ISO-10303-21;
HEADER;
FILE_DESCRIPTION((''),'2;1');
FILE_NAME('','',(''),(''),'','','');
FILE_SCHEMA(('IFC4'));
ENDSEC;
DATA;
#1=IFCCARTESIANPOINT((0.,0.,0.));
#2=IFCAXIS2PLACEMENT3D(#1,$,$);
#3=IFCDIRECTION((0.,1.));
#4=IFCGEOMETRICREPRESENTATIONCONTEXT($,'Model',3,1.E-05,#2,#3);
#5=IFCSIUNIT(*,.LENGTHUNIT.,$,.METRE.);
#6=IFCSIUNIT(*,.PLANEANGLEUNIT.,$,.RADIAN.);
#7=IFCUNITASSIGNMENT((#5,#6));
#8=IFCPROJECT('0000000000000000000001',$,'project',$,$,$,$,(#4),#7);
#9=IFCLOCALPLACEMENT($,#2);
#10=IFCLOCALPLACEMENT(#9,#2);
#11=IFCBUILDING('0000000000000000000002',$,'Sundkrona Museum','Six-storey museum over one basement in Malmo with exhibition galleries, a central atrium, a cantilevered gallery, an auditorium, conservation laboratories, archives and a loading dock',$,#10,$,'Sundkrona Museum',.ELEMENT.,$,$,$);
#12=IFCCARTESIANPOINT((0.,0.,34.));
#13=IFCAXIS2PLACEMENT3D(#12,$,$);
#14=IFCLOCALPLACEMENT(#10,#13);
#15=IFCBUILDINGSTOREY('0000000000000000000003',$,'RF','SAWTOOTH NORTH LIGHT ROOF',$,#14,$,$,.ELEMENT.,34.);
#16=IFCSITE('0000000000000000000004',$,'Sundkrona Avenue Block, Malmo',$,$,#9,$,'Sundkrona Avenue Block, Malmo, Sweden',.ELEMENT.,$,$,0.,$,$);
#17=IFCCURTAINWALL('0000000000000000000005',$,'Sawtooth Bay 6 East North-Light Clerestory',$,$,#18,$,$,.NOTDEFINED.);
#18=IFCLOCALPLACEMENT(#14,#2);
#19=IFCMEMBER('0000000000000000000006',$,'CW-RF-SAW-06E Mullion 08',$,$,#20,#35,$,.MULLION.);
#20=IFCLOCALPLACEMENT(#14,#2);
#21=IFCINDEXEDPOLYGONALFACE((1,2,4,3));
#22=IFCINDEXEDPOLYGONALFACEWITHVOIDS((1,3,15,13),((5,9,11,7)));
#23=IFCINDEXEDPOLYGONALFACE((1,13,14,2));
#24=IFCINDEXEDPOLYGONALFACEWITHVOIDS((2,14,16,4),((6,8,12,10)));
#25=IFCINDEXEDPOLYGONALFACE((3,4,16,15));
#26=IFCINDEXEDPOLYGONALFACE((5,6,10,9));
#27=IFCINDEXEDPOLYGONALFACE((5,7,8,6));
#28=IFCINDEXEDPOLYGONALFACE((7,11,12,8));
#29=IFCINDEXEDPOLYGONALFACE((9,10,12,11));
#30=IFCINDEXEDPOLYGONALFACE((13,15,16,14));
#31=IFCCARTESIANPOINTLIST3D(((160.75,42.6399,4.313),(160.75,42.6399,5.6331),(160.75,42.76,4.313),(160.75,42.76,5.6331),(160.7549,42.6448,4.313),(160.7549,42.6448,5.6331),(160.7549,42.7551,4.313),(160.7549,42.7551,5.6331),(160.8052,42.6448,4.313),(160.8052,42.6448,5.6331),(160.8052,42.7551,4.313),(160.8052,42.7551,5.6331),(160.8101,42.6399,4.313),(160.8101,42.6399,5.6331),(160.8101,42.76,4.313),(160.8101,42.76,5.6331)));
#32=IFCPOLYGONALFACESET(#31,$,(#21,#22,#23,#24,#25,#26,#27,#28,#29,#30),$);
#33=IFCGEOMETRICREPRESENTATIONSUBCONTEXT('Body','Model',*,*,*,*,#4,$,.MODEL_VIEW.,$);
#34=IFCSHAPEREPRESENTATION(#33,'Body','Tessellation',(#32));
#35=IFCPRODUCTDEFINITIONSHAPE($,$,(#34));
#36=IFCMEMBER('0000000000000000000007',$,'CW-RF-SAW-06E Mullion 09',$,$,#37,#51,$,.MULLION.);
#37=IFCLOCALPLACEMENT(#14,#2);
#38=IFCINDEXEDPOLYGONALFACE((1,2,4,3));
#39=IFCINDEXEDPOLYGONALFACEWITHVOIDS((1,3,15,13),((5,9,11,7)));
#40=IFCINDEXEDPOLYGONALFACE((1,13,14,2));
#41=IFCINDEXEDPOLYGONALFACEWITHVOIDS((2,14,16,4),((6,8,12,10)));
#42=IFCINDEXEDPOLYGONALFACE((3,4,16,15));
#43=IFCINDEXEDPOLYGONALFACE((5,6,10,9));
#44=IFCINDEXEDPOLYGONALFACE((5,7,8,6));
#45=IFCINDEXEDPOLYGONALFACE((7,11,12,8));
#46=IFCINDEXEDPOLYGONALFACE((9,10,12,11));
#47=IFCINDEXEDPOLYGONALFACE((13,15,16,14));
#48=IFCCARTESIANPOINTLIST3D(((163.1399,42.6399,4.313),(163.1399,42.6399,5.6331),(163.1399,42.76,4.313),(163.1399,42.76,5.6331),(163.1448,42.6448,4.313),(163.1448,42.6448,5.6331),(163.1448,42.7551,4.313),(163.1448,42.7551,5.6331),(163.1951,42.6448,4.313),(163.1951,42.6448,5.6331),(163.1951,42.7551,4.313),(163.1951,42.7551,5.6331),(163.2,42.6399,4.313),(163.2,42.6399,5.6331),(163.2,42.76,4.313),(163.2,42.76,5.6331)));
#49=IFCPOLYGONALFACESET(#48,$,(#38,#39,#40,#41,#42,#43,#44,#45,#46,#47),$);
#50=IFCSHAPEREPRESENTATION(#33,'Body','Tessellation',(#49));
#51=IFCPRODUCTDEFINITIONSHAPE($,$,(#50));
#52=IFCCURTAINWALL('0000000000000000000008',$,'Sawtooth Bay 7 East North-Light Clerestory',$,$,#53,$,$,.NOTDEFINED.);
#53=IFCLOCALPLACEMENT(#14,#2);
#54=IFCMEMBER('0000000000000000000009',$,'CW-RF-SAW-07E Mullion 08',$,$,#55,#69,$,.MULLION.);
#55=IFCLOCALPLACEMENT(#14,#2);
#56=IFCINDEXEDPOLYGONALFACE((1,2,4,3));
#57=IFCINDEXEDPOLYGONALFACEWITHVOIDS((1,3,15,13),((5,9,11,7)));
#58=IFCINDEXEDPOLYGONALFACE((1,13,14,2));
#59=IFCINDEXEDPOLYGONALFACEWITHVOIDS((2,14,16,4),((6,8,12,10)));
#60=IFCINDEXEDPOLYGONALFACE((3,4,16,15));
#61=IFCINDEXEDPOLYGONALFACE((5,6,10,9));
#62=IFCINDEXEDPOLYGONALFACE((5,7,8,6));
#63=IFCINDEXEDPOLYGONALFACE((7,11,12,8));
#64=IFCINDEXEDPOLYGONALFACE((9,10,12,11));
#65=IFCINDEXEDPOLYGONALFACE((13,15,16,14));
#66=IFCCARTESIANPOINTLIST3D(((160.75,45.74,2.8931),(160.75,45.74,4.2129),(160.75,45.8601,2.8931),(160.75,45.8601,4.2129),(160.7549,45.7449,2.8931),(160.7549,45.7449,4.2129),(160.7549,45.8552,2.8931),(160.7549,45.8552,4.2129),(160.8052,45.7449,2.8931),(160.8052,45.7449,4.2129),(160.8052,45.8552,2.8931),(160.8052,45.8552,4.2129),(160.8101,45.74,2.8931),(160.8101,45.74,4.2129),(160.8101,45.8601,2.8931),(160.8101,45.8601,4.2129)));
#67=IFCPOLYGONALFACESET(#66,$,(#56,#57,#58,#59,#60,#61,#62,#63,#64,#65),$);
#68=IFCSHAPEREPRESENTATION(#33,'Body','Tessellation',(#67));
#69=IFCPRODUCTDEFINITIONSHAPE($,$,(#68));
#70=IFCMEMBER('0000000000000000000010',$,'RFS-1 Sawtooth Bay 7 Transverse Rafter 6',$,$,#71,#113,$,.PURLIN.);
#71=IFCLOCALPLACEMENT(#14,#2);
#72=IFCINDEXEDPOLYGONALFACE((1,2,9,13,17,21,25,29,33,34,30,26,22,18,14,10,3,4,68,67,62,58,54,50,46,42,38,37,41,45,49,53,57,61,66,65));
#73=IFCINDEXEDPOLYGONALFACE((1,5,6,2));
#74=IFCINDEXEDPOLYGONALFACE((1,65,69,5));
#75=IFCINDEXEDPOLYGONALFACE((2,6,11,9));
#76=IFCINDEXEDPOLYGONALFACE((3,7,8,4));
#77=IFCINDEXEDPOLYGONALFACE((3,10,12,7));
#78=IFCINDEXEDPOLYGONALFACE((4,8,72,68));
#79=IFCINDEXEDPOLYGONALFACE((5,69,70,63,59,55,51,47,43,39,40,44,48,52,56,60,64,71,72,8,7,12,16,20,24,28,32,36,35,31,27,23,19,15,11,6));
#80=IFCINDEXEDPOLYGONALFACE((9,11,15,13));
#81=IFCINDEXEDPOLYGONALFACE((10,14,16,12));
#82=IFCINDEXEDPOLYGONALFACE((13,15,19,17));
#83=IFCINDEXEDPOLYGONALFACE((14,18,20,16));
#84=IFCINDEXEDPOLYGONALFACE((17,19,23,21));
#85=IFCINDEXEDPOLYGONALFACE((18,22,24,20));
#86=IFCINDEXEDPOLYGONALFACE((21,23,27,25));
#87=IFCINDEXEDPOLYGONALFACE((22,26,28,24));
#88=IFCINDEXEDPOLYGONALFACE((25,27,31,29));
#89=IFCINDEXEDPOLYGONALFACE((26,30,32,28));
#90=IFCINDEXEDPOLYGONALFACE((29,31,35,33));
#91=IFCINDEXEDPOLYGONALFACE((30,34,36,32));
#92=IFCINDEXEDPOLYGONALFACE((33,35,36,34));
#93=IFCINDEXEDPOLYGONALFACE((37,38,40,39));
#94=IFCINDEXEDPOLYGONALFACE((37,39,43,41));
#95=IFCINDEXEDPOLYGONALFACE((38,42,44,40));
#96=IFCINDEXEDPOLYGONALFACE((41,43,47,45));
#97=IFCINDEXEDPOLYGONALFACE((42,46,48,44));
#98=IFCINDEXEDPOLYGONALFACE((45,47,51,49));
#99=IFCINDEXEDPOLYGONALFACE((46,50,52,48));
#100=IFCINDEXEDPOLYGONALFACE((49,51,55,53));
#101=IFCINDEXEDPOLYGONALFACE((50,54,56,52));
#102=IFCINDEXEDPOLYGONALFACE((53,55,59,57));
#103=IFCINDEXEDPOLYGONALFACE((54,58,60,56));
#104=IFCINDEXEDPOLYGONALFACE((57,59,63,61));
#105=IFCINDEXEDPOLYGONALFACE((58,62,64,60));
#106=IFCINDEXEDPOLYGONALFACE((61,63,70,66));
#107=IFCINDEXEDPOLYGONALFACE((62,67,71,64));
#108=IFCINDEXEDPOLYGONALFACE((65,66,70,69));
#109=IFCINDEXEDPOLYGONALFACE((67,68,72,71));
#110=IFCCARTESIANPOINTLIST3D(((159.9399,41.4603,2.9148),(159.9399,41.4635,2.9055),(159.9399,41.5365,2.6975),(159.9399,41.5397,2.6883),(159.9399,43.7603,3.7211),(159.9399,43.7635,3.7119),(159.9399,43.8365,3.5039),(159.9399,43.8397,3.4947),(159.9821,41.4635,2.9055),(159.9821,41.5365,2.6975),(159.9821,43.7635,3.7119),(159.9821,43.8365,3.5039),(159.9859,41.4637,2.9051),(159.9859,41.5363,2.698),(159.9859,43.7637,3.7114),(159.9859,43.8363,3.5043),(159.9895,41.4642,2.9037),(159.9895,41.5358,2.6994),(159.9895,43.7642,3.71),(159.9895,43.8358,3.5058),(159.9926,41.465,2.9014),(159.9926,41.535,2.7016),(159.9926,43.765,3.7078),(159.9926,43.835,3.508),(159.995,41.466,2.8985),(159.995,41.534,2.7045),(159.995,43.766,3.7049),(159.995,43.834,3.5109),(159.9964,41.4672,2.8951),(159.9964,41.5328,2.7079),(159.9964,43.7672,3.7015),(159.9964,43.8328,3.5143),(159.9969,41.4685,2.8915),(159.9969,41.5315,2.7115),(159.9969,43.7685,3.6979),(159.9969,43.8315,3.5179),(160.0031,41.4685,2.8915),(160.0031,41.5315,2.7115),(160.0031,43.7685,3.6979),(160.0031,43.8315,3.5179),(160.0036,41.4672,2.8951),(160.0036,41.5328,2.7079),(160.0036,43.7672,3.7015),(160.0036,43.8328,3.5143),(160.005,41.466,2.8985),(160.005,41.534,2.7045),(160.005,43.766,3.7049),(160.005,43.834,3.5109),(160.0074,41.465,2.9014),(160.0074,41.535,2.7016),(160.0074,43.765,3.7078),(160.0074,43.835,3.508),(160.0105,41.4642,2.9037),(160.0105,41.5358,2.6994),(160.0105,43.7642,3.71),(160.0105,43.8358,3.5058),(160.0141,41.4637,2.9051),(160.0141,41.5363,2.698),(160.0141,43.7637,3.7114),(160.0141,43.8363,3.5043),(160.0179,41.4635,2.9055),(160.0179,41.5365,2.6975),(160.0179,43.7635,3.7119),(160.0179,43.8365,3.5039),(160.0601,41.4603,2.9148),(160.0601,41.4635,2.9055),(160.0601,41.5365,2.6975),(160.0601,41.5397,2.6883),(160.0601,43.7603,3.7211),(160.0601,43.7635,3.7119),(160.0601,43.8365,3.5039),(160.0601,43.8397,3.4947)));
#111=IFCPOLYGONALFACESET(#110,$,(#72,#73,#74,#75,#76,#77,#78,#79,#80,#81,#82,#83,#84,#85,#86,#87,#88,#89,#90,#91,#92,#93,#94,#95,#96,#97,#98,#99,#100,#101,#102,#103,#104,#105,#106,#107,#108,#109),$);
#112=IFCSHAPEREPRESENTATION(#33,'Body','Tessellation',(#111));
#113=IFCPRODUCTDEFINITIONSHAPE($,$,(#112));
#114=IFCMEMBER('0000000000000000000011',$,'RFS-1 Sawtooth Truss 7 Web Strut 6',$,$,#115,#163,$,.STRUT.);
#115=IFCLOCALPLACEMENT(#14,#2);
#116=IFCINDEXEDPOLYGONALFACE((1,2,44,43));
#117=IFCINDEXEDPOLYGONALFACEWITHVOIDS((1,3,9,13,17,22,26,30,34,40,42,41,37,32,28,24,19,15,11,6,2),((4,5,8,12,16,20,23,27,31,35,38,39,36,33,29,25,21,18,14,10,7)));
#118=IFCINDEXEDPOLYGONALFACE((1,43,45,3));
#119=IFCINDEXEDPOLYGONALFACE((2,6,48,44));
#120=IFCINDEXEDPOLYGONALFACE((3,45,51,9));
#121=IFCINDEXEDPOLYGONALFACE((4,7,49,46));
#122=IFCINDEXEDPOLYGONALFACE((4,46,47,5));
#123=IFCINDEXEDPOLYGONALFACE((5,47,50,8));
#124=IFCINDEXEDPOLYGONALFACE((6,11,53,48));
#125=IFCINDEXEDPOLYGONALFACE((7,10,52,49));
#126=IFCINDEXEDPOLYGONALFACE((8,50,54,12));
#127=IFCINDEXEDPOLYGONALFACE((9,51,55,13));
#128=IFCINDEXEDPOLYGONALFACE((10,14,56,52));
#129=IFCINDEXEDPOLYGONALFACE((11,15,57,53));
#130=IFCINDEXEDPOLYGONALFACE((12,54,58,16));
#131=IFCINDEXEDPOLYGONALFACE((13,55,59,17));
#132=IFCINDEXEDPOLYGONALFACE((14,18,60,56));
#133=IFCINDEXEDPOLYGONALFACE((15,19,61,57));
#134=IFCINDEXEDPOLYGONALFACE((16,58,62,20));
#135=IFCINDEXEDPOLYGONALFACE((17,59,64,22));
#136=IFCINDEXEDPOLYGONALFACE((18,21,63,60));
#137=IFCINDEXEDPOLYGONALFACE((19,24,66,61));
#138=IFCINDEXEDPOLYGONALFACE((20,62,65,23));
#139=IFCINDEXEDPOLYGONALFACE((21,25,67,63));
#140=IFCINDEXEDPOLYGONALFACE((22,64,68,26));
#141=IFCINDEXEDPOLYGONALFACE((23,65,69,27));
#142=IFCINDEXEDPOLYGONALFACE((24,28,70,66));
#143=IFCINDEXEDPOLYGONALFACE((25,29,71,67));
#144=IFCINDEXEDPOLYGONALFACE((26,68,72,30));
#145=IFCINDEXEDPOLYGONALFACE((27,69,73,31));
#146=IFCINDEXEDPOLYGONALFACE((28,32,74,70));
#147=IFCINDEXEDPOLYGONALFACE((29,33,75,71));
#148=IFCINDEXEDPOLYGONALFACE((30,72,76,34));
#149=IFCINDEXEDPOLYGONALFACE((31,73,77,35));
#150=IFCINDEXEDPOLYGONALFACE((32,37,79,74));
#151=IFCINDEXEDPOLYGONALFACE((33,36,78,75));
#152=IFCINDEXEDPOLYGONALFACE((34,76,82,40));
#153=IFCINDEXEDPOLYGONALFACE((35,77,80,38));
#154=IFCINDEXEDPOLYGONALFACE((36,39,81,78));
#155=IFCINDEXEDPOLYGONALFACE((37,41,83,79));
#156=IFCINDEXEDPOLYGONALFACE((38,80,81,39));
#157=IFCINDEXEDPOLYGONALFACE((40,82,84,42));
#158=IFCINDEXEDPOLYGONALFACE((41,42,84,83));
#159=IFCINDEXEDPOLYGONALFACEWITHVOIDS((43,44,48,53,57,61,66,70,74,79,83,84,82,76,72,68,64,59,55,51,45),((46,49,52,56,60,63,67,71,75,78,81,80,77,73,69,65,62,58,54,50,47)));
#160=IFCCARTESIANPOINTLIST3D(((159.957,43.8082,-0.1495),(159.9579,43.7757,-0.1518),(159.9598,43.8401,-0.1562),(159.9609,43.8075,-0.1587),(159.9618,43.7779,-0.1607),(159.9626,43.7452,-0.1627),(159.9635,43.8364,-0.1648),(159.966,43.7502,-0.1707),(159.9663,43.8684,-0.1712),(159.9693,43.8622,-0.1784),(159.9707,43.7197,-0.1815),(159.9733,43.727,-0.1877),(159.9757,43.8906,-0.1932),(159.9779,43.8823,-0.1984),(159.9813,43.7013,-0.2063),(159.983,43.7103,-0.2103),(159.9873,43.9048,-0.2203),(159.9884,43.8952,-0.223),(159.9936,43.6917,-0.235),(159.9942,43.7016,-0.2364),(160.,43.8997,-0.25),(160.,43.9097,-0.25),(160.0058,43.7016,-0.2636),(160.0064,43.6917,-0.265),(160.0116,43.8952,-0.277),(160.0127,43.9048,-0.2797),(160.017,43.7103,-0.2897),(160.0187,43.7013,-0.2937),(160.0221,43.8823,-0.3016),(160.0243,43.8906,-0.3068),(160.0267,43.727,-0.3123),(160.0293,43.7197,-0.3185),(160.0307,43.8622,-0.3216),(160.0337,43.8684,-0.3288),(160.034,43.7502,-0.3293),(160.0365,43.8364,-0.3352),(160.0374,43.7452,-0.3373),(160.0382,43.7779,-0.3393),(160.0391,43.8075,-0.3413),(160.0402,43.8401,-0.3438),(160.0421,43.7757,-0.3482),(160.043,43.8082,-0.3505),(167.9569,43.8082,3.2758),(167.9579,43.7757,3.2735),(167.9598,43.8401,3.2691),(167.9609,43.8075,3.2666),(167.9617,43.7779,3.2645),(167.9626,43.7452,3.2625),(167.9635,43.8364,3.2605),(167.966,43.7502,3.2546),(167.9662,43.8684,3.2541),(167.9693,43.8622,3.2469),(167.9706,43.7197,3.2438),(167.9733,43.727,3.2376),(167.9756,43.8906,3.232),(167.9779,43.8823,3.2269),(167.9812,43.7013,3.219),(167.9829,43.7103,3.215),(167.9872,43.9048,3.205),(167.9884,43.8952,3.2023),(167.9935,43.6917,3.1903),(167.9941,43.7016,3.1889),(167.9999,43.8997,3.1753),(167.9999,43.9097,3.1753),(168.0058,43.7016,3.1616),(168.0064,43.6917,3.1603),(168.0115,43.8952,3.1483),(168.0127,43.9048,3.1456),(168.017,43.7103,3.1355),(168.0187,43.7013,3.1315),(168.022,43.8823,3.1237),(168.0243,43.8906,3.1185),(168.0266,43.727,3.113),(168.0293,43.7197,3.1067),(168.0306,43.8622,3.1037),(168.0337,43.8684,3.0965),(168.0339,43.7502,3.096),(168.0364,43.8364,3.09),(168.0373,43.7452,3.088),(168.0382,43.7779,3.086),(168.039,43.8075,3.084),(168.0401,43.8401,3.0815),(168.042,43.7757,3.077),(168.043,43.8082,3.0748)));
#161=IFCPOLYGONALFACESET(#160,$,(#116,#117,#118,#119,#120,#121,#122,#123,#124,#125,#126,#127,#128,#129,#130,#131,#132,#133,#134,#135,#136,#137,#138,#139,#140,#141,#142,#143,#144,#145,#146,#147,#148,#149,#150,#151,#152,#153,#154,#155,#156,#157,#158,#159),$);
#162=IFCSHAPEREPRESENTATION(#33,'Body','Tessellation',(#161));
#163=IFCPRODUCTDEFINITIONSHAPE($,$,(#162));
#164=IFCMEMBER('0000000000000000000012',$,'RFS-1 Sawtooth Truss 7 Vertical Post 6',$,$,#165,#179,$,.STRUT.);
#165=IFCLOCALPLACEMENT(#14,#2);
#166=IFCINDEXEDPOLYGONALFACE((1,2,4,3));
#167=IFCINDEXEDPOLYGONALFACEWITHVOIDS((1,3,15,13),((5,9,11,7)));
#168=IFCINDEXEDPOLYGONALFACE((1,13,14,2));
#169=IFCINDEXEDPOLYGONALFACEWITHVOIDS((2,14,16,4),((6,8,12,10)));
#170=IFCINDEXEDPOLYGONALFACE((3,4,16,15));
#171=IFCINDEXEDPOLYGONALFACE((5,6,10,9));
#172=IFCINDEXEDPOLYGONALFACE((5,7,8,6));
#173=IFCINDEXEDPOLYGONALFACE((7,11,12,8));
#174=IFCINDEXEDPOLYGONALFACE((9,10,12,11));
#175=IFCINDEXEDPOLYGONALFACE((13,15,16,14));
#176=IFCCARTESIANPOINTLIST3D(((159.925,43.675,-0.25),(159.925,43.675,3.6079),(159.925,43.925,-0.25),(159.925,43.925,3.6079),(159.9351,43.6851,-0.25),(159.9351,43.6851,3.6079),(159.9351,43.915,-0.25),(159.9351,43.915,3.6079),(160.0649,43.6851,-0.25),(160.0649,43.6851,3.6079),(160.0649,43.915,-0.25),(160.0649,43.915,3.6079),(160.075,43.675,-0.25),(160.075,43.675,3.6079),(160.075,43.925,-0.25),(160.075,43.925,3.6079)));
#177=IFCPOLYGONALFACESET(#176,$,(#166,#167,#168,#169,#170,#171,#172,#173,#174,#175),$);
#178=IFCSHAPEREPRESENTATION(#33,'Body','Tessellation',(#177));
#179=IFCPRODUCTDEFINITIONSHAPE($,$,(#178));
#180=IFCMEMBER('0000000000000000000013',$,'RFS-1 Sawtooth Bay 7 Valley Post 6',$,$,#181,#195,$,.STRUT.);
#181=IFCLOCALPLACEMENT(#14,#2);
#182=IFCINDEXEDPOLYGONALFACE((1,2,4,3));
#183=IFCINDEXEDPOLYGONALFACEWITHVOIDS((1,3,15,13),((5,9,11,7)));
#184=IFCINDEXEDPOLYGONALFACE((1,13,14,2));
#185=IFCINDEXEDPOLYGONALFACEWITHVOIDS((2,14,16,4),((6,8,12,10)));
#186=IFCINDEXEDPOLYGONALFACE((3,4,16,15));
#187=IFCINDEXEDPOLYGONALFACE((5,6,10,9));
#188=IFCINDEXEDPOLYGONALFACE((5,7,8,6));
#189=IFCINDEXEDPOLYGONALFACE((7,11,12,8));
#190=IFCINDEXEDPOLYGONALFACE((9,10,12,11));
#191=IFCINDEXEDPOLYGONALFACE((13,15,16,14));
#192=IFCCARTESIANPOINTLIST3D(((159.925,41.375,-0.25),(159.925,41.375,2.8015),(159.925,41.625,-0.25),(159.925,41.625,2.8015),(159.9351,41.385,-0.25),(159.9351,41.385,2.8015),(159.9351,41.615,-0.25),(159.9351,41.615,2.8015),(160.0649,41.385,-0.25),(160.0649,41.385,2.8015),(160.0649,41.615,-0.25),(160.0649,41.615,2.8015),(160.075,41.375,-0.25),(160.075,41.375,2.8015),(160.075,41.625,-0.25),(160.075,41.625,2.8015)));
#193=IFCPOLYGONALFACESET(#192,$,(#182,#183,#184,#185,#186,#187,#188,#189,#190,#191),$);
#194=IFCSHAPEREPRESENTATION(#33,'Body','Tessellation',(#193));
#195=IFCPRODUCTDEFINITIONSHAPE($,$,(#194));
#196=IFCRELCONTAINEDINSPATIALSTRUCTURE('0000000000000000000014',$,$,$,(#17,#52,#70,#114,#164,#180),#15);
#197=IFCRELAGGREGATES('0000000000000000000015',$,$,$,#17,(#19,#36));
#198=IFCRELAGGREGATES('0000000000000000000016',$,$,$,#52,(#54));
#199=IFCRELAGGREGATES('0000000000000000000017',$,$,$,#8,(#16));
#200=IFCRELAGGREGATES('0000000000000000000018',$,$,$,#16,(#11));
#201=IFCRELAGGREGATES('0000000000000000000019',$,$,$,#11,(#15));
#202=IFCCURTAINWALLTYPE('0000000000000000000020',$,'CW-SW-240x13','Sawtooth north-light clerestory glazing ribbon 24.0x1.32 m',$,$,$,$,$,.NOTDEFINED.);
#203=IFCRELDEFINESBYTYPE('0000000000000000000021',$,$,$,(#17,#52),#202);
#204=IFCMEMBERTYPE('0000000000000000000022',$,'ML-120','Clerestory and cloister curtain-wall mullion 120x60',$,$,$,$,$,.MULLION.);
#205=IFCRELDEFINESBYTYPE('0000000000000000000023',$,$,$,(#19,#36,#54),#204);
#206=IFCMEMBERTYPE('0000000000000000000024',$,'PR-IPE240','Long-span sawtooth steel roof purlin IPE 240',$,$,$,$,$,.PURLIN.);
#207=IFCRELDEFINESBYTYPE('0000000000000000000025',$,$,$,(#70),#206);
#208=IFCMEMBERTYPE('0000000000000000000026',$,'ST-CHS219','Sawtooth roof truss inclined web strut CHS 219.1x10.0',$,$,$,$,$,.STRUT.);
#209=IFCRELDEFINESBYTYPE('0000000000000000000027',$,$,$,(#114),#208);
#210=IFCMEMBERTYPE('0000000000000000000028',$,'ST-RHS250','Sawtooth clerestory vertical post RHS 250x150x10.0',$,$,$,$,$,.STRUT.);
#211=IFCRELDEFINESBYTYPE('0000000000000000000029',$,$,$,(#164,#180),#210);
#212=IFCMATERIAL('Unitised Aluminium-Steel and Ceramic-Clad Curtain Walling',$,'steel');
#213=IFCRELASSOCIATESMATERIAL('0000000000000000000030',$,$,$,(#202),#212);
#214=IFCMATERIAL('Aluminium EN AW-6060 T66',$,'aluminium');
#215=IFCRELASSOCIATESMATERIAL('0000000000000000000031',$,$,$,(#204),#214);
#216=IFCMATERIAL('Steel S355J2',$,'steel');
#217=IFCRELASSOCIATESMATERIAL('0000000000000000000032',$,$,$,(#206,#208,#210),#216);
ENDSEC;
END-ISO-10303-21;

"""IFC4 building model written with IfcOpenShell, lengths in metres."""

from ifc_helpers import new_model, si_unit, direction, frame, origin, origin_2d, place, context, subcontext, project, spatial, hollow_rectangle, hollow_circle, i_section, extrude, material, material_profile, profile_set, type_object, element, aggregate, save


model = new_model("IFC4")

# Units and contexts
model_context = context("Model", 3, precision=1e-05, world=origin(), true_north=direction((0.0, 1.0)))
body_context = subcontext(model_context, "Body", "Model", "MODEL_VIEW")
ifc_project = project(units=[si_unit("LENGTHUNIT", "METRE"), si_unit("PLANEANGLEUNIT", "RADIAN")], contexts=[model_context])

# Site, building, storey
site_placement = place(None, origin())
site = spatial("IfcSite", under=ifc_project, at=site_placement, Name="Sundkrona Avenue Block, Malmo", LongName="Sundkrona Avenue Block, Malmo, Sweden", CompositionType="ELEMENT", RefElevation=0.0)
building_placement = place(site_placement, origin())
building = spatial("IfcBuilding", under=site, at=building_placement, Name="Sundkrona Museum", Description="Six-storey museum over one basement in Malmo with exhibition galleries, a central atrium, a cantilevered gallery, an auditorium, conservation laboratories, archives and a loading dock", LongName="Sundkrona Museum", CompositionType="ELEMENT")
storey_placement = place(building_placement, frame((0.0, 0.0, 34.0)))
storey = spatial("IfcBuildingStorey", under=building, at=storey_placement, Name="RF", Description="SAWTOOTH NORTH LIGHT ROOF", CompositionType="ELEMENT", Elevation=34.0)

# Curtain wall, members
ifc_material_1 = material(Name="Unitised Aluminium-Steel and Ceramic-Clad Curtain Walling", Category="steel")
curtain_wall_type = type_object("IfcCurtainWallType", Name="CW-SW-240x13", Description="Sawtooth north-light clerestory glazing ribbon 24.0x1.32 m", PredefinedType="NOTDEFINED", material=ifc_material_1)
curtain_wall_1_placement = place(storey_placement, origin())
curtain_wall_1 = element("IfcCurtainWall", 1, at=curtain_wall_1_placement, inside=storey, type_object=curtain_wall_type, Name="Sawtooth Bay 6 East North-Light Clerestory", PredefinedType="NOTDEFINED")
ifc_material_2 = material(Name="Aluminium EN AW-6060 T66", Category="aluminium")
ifc_material_profile_1 = material_profile(ifc_material_2, hollow_rectangle(XDim=0.0601, YDim=0.1201, WallThickness=0.0049, at=origin_2d()), Name="RHS 120x60x5.0")
ifc_profile_set_1 = profile_set([ifc_material_profile_1], Name="Aluminium EN AW-6060 T66")
member_type_1 = type_object("IfcMemberType", Name="ML-120", Description="Clerestory and cloister curtain-wall mullion 120x60", PredefinedType="MULLION", material=ifc_profile_set_1)
member_1_placement = place(storey_placement, frame((160.78, 42.7, 4.313), z_axis=(0.0, 0.0, 1.0), x_axis=(1.0, 0.0, 0.0)))
member_1 = element("IfcMember", 2, at=member_1_placement, type_object=member_type_1, Name="CW-RF-SAW-06E Mullion 08", PredefinedType="MULLION", context=body_context, shape_type="SweptSolid", body=[
    extrude(hollow_rectangle(XDim=0.0601, YDim=0.1201, WallThickness=0.0049, at=origin_2d()), origin(), (0.0, 0.0, 1.0), 1.3201),
])
member_2_placement = place(storey_placement, frame((163.1699, 42.7, 4.313), z_axis=(0.0, 0.0, 1.0), x_axis=(1.0, 0.0, 0.0)))
member_2 = element("IfcMember", 3, at=member_2_placement, type_object=member_type_1, Name="CW-RF-SAW-06E Mullion 09", PredefinedType="MULLION", context=body_context, shape_type="SweptSolid", body=[
    extrude(hollow_rectangle(XDim=0.0601, YDim=0.1201, WallThickness=0.0049, at=origin_2d()), origin(), (0.0, 0.0, 1.0), 1.3201),
])

# Curtain wall, member
curtain_wall_2_placement = place(storey_placement, origin())
curtain_wall_2 = element("IfcCurtainWall", 4, at=curtain_wall_2_placement, inside=storey, type_object=curtain_wall_type, Name="Sawtooth Bay 7 East North-Light Clerestory", PredefinedType="NOTDEFINED")
member_3_placement = place(storey_placement, frame((160.78, 45.8, 2.8931), z_axis=(0.0, 0.0, 1.0), x_axis=(1.0, 0.0, 0.0)))
member_3 = element("IfcMember", 5, at=member_3_placement, type_object=member_type_1, Name="CW-RF-SAW-07E Mullion 08", PredefinedType="MULLION", context=body_context, shape_type="SweptSolid", body=[
    extrude(hollow_rectangle(XDim=0.0601, YDim=0.1201, WallThickness=0.0049, at=origin_2d()), origin(), (0.0, 0.0, 1.0), 1.3198),
])

# Members
ifc_material_3 = material(Name="Steel S355J2", Category="steel")
ifc_material_profile_2 = material_profile(ifc_material_3, i_section(OverallWidth=0.1201, OverallDepth=0.24, WebThickness=0.0061, FlangeThickness=0.0098, FilletRadius=0.0149, at=origin_2d()), Name="IPE 240")
ifc_profile_set_2 = profile_set([ifc_material_profile_2], Name="Steel S355J2")
member_type_2 = type_object("IfcMemberType", Name="PR-IPE240", Description="Long-span sawtooth steel roof purlin IPE 240", PredefinedType="PURLIN", material=ifc_profile_set_2)
member_4_placement = place(storey_placement, frame((160.0, 41.5, 2.8015), z_axis=(0.0, 0.943682, 0.330855), x_axis=(-1.0, 0.0, 0.0)))
element("IfcMember", 6, at=member_4_placement, inside=storey, type_object=member_type_2, Name="RFS-1 Sawtooth Bay 7 Transverse Rafter 6", PredefinedType="PURLIN", context=body_context, shape_type="SweptSolid", body=[
    extrude(i_section(OverallWidth=0.1201, OverallDepth=0.24, WebThickness=0.0061, FlangeThickness=0.0098, FilletRadius=0.0149, at=origin_2d()), origin(), (0.0, 0.0, 1.0), 2.4373),
])
ifc_material_profile_3 = material_profile(ifc_material_3, hollow_circle(Radius=0.1096, WallThickness=0.01, at=origin_2d()), Name="CHS 219.1x10.0")
ifc_profile_set_3 = profile_set([ifc_material_profile_3], Name="Steel S355J2")
member_type_3 = type_object("IfcMemberType", Name="ST-CHS219", Description="Sawtooth roof truss inclined web strut CHS 219.1x10.0", PredefinedType="STRUT", material=ifc_profile_set_3)
member_5_placement = place(storey_placement, frame((160.0, 43.8, -0.25), z_axis=(0.919281, 0.0, 0.393601), x_axis=(0.0, 1.0, 0.0)))
element("IfcMember", 7, at=member_5_placement, inside=storey, type_object=member_type_3, Name="RFS-1 Sawtooth Truss 7 Web Strut 6", PredefinedType="STRUT", context=body_context, shape_type="SweptSolid", body=[
    extrude(hollow_circle(Radius=0.1096, WallThickness=0.01, at=origin_2d()), origin(), (0.0, 0.0, 1.0), 8.7024),
])
ifc_material_profile_4 = material_profile(ifc_material_3, hollow_rectangle(XDim=0.1499, YDim=0.25, WallThickness=0.01, at=origin_2d()), Name="RHS 250x150x10.0")
ifc_profile_set_4 = profile_set([ifc_material_profile_4], Name="Steel S355J2")
member_type_4 = type_object("IfcMemberType", Name="ST-RHS250", Description="Sawtooth clerestory vertical post RHS 250x150x10.0", PredefinedType="STRUT", material=ifc_profile_set_4)
member_6_placement = place(storey_placement, frame((160.0, 43.8, -0.25), z_axis=(0.0, 0.0, 1.0), x_axis=(1.0, 0.0, 0.0)))
element("IfcMember", 8, at=member_6_placement, inside=storey, type_object=member_type_4, Name="RFS-1 Sawtooth Truss 7 Vertical Post 6", PredefinedType="STRUT", context=body_context, shape_type="SweptSolid", body=[
    extrude(hollow_rectangle(XDim=0.1499, YDim=0.25, WallThickness=0.01, at=origin_2d()), origin(), (0.0, 0.0, 1.0), 3.8579),
])
member_7_placement = place(storey_placement, frame((160.0, 41.5, -0.25), z_axis=(0.0, 0.0, 1.0), x_axis=(1.0, 0.0, 0.0)))
element("IfcMember", 9, at=member_7_placement, inside=storey, type_object=member_type_4, Name="RFS-1 Sawtooth Bay 7 Valley Post 6", PredefinedType="STRUT", context=body_context, shape_type="SweptSolid", body=[
    extrude(hollow_rectangle(XDim=0.1499, YDim=0.25, WallThickness=0.01, at=origin_2d()), origin(), (0.0, 0.0, 1.0), 3.0515),
])

aggregate(curtain_wall_1, [member_1, member_2])
aggregate(curtain_wall_2, [member_3])

save(model, "model.ifc")
